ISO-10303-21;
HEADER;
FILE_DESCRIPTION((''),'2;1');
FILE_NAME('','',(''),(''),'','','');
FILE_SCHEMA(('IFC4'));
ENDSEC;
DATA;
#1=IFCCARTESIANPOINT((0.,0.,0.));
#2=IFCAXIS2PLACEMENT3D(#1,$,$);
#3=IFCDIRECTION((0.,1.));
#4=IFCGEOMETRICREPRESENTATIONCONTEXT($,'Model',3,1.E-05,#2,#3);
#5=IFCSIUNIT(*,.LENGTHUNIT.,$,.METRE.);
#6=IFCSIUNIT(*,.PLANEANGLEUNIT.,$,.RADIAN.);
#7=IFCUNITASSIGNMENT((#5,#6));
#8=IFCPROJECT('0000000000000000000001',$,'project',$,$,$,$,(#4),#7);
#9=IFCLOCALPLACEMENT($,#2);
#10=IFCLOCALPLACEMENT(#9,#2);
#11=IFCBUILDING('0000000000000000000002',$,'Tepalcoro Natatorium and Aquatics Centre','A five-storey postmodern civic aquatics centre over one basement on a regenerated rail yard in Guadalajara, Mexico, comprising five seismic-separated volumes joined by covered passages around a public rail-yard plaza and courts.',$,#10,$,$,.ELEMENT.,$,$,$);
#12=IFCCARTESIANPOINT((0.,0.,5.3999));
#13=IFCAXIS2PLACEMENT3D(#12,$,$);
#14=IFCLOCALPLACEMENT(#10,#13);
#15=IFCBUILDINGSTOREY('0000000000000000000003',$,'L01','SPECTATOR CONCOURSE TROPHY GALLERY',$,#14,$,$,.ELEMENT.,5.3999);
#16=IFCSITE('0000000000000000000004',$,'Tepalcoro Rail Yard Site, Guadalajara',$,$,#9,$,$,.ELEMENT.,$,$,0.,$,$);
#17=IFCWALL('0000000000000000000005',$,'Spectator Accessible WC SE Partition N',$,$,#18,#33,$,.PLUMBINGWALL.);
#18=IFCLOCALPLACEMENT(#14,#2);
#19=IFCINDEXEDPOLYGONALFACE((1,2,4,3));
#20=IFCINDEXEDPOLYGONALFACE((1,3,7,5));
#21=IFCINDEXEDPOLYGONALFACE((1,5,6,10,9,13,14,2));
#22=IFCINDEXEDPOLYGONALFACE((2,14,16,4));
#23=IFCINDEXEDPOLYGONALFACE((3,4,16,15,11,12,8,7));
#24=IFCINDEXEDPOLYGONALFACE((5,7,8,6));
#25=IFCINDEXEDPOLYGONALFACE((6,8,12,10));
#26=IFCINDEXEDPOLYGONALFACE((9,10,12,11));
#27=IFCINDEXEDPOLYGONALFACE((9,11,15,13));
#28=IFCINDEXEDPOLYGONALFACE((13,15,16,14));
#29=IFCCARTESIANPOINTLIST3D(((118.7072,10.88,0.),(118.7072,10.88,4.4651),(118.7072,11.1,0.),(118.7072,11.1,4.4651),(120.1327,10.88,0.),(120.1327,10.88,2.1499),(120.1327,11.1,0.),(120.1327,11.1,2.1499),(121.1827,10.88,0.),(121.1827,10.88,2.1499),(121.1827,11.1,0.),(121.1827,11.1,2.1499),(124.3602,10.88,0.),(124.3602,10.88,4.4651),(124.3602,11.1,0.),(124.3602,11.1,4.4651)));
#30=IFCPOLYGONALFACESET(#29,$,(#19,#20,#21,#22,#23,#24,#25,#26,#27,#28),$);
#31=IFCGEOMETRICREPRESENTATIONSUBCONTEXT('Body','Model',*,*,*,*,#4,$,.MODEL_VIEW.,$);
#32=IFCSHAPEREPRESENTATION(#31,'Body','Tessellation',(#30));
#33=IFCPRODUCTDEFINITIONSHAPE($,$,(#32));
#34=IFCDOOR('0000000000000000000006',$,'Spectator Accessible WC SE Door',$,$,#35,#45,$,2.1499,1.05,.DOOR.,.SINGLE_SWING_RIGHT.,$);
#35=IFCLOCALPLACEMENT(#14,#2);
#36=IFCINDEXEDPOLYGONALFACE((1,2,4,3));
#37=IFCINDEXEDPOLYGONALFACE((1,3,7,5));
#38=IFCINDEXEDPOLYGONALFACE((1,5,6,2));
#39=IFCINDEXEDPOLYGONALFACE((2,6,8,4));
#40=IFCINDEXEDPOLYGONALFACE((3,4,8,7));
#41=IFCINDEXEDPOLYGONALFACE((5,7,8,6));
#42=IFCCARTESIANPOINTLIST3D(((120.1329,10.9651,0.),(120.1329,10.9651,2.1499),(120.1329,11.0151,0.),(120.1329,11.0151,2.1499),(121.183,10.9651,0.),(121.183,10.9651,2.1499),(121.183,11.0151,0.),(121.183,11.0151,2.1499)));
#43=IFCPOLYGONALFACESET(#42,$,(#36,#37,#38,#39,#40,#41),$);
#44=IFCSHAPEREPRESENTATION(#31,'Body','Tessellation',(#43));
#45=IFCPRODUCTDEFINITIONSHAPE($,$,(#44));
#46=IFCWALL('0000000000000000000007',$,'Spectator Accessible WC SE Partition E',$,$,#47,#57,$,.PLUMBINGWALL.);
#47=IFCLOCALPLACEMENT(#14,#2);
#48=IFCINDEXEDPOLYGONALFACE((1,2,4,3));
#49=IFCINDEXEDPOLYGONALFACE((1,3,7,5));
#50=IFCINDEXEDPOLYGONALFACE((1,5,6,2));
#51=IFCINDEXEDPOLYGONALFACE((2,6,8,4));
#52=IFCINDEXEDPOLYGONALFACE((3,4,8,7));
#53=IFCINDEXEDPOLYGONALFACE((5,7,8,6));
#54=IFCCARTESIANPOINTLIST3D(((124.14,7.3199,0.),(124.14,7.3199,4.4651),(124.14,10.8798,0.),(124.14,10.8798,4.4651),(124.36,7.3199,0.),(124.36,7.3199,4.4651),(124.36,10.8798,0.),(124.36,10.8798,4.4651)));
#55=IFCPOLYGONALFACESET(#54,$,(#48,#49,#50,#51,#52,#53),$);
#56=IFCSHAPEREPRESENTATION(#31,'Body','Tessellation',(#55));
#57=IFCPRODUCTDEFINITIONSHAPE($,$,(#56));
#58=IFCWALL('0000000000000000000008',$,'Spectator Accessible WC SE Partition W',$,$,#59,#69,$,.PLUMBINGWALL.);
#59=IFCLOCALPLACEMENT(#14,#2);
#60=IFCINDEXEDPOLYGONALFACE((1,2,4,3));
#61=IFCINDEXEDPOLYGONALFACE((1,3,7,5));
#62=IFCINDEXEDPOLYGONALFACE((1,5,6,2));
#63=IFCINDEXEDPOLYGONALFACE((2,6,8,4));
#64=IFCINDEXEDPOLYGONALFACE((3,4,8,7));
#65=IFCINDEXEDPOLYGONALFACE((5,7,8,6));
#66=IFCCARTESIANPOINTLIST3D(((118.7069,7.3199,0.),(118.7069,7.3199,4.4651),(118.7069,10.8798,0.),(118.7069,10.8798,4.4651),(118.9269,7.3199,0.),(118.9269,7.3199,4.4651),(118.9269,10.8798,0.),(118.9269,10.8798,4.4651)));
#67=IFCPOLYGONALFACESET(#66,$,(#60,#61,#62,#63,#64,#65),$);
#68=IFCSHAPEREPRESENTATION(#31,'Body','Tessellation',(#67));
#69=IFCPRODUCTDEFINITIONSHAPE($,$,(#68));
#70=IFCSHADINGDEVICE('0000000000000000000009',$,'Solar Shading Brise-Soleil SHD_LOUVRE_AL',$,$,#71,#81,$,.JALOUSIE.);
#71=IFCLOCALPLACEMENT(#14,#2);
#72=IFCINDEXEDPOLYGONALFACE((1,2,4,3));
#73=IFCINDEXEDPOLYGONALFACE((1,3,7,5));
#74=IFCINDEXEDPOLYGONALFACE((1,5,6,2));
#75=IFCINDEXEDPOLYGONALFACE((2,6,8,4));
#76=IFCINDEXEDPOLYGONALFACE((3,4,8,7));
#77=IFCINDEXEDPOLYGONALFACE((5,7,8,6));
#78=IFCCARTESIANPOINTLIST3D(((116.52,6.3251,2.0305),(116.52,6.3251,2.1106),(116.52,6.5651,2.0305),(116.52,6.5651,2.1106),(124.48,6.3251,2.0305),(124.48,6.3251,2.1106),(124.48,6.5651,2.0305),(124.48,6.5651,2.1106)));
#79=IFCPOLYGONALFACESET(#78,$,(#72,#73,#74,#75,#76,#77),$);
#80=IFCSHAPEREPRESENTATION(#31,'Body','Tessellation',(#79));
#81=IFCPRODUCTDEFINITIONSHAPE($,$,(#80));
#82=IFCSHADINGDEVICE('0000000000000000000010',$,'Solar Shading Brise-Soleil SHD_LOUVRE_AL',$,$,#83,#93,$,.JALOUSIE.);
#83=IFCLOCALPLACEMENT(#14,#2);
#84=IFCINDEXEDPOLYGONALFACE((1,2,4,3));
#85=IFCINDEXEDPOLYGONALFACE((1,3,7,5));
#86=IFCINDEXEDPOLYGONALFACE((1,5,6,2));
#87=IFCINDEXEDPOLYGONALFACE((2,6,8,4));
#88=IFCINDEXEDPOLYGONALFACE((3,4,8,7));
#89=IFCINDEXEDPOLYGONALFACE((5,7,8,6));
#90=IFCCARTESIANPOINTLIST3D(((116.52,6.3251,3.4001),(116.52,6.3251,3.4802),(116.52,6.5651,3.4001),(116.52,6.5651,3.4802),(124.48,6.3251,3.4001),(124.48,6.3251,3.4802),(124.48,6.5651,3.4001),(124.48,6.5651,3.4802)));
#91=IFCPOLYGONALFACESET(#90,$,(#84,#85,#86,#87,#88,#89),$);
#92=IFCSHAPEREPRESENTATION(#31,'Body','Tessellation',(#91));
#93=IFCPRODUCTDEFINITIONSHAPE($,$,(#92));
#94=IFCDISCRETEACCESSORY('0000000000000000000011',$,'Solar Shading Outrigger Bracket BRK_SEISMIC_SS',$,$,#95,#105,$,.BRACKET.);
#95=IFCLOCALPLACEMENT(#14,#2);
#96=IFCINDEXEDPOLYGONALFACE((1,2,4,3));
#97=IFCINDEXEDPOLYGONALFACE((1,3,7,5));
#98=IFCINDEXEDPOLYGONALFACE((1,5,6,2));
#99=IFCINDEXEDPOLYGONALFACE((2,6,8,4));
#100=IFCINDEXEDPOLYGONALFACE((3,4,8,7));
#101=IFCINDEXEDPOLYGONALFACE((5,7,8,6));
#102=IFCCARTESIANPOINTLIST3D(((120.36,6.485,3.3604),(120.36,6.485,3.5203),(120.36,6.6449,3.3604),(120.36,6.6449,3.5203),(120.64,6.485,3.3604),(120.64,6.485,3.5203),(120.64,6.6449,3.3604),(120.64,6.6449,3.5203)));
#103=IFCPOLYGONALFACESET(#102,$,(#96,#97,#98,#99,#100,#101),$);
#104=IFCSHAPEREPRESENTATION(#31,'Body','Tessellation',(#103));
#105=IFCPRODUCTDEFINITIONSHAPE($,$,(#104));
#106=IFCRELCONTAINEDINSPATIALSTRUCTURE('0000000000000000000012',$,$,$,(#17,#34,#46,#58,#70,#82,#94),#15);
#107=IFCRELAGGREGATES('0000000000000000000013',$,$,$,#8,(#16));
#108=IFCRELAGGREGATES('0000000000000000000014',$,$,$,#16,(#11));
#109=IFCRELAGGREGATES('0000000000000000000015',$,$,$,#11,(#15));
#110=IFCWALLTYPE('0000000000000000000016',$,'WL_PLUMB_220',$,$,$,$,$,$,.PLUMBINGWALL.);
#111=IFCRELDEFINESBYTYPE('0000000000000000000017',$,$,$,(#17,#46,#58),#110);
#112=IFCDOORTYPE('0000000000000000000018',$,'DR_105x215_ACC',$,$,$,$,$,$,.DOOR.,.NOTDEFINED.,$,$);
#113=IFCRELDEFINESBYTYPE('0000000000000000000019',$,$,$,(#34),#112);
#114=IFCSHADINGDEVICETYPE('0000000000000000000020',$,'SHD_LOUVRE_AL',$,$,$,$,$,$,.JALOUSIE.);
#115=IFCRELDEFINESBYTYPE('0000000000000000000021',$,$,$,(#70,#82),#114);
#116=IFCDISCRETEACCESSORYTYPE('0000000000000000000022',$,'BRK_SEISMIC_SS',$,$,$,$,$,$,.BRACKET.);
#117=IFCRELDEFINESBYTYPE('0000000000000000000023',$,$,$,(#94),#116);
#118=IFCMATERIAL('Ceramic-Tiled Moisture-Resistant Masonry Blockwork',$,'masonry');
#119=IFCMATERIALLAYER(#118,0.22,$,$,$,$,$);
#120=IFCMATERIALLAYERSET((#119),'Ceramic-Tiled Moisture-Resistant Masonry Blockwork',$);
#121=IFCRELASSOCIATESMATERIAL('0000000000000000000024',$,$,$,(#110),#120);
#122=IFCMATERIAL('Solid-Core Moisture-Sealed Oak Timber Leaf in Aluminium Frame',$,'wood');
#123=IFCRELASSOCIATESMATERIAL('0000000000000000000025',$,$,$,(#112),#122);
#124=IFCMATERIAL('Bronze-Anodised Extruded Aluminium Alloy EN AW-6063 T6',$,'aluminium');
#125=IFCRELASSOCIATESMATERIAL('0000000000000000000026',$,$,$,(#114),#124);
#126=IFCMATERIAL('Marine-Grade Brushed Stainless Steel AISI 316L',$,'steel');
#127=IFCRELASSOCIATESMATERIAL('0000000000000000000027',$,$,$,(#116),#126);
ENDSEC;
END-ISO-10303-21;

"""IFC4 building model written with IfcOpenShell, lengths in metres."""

from ifc_helpers import new_model, si_unit, direction, frame, frame_2d, origin, origin_2d, place, context, subcontext, project, spatial, rectangle, extrude, material, layer, layer_set, type_object, element, fill, save


model = new_model("IFC4")

# Units and contexts
model_context = context("Model", 3, precision=1e-05, world=origin(), true_north=direction((0.0, 1.0)))
body_context = subcontext(model_context, "Body", "Model", "MODEL_VIEW")
ifc_project = project(units=[si_unit("LENGTHUNIT", "METRE"), si_unit("PLANEANGLEUNIT", "RADIAN")], contexts=[model_context])

# Site, building, storey
site_placement = place(None, origin())
site = spatial("IfcSite", under=ifc_project, at=site_placement, Name="Tepalcoro Rail Yard Site, Guadalajara", CompositionType="ELEMENT", RefElevation=0.0)
building_placement = place(site_placement, origin())
building = spatial("IfcBuilding", under=site, at=building_placement, Name="Tepalcoro Natatorium and Aquatics Centre", Description="A five-storey postmodern civic aquatics centre over one basement on a regenerated rail yard in Guadalajara, Mexico, comprising five seismic-separated volumes joined by covered passages around a public rail-yard plaza and courts.", CompositionType="ELEMENT")
storey_placement = place(building_placement, frame((0.0, 0.0, 5.3999)))
storey = spatial("IfcBuildingStorey", under=building, at=storey_placement, Name="L01", Description="SPECTATOR CONCOURSE TROPHY GALLERY", CompositionType="ELEMENT", Elevation=5.3999)

# Shared definitions
ifc_material_1 = material(Name="Bronze-Anodised Extruded Aluminium Alloy EN AW-6063 T6", Category="aluminium")

# Shared definitions
ifc_material_2 = material(Name="Ceramic-Tiled Moisture-Resistant Masonry Blockwork", Category="masonry")
ifc_layer_1 = layer(ifc_material_2, 0.22)
ifc_layer_set_1 = layer_set([ifc_layer_1], Name="Ceramic-Tiled Moisture-Resistant Masonry Blockwork")
wall_type = type_object("IfcWallType", Name="WL_PLUMB_220", PredefinedType="PLUMBINGWALL", material=ifc_layer_set_1)

# Wall, opening, door
wall_1_placement = place(storey_placement, frame((118.707, 10.99, 0.0), z_axis=(0.0, 0.0, 1.0), x_axis=(1.0, 0.0, 0.0)))
wall_1 = element("IfcWall", 1, at=wall_1_placement, inside=storey, type_object=wall_type, Name="Spectator Accessible WC SE Partition N", PredefinedType="PLUMBINGWALL", context=body_context, shape_type="SweptSolid", body=[
    extrude(rectangle(XDim=5.6531, YDim=0.22, at=frame_2d((2.8267, 0.0))), origin(), (0.0, 0.0, 1.0), 4.4651),
])
opening_placement = place(wall_1_placement, frame((1.4258, 0.0, 0.0)))
opening = element("IfcOpeningElement", 2, at=opening_placement, cuts=wall_1, PredefinedType="OPENING", context=body_context, shape_type="SweptSolid", body=[
    extrude(rectangle(XDim=1.05, YDim=2.1499, at=frame_2d((0.5249, 1.075))), frame((0.0, 0.1221, 0.0), z_axis=(0.0, -1.0, 0.0), x_axis=(1.0, 0.0, 0.0)), (0.0, 0.0, 1.0), 0.2439),
])
ifc_material_3 = material(Name="Solid-Core Moisture-Sealed Oak Timber Leaf in Aluminium Frame", Category="wood")
door_type = type_object("IfcDoorType", Name="DR_105x215_ACC", OperationType="NOTDEFINED", PredefinedType="DOOR", material=ifc_material_3)
door_placement = place(opening_placement, frame((1.05, 0.0, 0.0), z_axis=(0.0, 0.0, 1.0), x_axis=(-1.0, 0.0, 0.0)))
door = element("IfcDoor", 3, at=door_placement, inside=storey, type_object=door_type, Name="Spectator Accessible WC SE Door", OperationType="SINGLE_SWING_RIGHT", OverallHeight=2.1499, OverallWidth=1.05, PredefinedType="DOOR", context=body_context, shape_type="SweptSolid", body=[
    extrude(rectangle(XDim=1.05, YDim=2.1499, at=frame_2d((0.5249, 1.075))), frame((0.0, 0.0249, 0.0), z_axis=(0.0, -1.0, 0.0), x_axis=(1.0, 0.0, 0.0)), (0.0, 0.0, 1.0), 0.05),
])
fill(opening, door)

# Walls
for number, where, z_axis, x_axis, name in (
    (4, (124.25, 7.3201, 0.0), (0.0, 0.0, 1.0), (0.0, 1.0, 0.0), "Spectator Accessible WC SE Partition E"),
    (5, (118.8169, 7.3201, 0.0), (0.0, 0.0, 1.0), (0.0, 1.0, 0.0), "Spectator Accessible WC SE Partition W"),
):
    element("IfcWall", number, at=place(storey_placement, frame(where, z_axis=z_axis, x_axis=x_axis)), inside=storey, type_object=wall_type, Name=name, PredefinedType="PLUMBINGWALL", context=body_context, shape_type="SweptSolid", body=[
        extrude(rectangle(XDim=3.5598, YDim=0.22, at=frame_2d((1.7798, 0.0))), origin(), (0.0, 0.0, 1.0), 4.4651),
    ])

# Shading devices
shading_device_type = type_object("IfcShadingDeviceType", Name="SHD_LOUVRE_AL", PredefinedType="JALOUSIE", material=ifc_material_1)
for number, where, z_axis, x_axis, name in (
    (6, (120.5, 6.4451, 2.0305), (0.0, 0.0, 1.0), (1.0, 0.0, 0.0), "Solar Shading Brise-Soleil SHD_LOUVRE_AL"),
    (7, (120.5, 6.4451, 3.4001), (0.0, 0.0, 1.0), (1.0, 0.0, 0.0), "Solar Shading Brise-Soleil SHD_LOUVRE_AL"),
):
    element("IfcShadingDevice", number, at=place(storey_placement, frame(where, z_axis=z_axis, x_axis=x_axis)), inside=storey, type_object=shading_device_type, Name=name, PredefinedType="JALOUSIE", context=body_context, shape_type="SweptSolid", body=[
        extrude(rectangle(XDim=7.96, YDim=0.24, at=origin_2d()), origin(), (0.0, 0.0, 1.0), 0.0801),
    ])

# Discrete accessory
ifc_material_4 = material(Name="Marine-Grade Brushed Stainless Steel AISI 316L", Category="steel")
discrete_accessory_type = type_object("IfcDiscreteAccessoryType", Name="BRK_SEISMIC_SS", PredefinedType="BRACKET", material=ifc_material_4)
discrete_accessory_placement = place(storey_placement, frame((120.5, 6.5649, 3.3604), z_axis=(0.0, 0.0, 1.0), x_axis=(1.0, 0.0, 0.0)))
element("IfcDiscreteAccessory", 8, at=discrete_accessory_placement, inside=storey, type_object=discrete_accessory_type, Name="Solar Shading Outrigger Bracket BRK_SEISMIC_SS", PredefinedType="BRACKET", context=body_context, shape_type="SweptSolid", body=[
    extrude(rectangle(XDim=0.28, YDim=0.1599, at=origin_2d()), origin(), (0.0, 0.0, 1.0), 0.1599),
])

save(model, "model.ifc")
